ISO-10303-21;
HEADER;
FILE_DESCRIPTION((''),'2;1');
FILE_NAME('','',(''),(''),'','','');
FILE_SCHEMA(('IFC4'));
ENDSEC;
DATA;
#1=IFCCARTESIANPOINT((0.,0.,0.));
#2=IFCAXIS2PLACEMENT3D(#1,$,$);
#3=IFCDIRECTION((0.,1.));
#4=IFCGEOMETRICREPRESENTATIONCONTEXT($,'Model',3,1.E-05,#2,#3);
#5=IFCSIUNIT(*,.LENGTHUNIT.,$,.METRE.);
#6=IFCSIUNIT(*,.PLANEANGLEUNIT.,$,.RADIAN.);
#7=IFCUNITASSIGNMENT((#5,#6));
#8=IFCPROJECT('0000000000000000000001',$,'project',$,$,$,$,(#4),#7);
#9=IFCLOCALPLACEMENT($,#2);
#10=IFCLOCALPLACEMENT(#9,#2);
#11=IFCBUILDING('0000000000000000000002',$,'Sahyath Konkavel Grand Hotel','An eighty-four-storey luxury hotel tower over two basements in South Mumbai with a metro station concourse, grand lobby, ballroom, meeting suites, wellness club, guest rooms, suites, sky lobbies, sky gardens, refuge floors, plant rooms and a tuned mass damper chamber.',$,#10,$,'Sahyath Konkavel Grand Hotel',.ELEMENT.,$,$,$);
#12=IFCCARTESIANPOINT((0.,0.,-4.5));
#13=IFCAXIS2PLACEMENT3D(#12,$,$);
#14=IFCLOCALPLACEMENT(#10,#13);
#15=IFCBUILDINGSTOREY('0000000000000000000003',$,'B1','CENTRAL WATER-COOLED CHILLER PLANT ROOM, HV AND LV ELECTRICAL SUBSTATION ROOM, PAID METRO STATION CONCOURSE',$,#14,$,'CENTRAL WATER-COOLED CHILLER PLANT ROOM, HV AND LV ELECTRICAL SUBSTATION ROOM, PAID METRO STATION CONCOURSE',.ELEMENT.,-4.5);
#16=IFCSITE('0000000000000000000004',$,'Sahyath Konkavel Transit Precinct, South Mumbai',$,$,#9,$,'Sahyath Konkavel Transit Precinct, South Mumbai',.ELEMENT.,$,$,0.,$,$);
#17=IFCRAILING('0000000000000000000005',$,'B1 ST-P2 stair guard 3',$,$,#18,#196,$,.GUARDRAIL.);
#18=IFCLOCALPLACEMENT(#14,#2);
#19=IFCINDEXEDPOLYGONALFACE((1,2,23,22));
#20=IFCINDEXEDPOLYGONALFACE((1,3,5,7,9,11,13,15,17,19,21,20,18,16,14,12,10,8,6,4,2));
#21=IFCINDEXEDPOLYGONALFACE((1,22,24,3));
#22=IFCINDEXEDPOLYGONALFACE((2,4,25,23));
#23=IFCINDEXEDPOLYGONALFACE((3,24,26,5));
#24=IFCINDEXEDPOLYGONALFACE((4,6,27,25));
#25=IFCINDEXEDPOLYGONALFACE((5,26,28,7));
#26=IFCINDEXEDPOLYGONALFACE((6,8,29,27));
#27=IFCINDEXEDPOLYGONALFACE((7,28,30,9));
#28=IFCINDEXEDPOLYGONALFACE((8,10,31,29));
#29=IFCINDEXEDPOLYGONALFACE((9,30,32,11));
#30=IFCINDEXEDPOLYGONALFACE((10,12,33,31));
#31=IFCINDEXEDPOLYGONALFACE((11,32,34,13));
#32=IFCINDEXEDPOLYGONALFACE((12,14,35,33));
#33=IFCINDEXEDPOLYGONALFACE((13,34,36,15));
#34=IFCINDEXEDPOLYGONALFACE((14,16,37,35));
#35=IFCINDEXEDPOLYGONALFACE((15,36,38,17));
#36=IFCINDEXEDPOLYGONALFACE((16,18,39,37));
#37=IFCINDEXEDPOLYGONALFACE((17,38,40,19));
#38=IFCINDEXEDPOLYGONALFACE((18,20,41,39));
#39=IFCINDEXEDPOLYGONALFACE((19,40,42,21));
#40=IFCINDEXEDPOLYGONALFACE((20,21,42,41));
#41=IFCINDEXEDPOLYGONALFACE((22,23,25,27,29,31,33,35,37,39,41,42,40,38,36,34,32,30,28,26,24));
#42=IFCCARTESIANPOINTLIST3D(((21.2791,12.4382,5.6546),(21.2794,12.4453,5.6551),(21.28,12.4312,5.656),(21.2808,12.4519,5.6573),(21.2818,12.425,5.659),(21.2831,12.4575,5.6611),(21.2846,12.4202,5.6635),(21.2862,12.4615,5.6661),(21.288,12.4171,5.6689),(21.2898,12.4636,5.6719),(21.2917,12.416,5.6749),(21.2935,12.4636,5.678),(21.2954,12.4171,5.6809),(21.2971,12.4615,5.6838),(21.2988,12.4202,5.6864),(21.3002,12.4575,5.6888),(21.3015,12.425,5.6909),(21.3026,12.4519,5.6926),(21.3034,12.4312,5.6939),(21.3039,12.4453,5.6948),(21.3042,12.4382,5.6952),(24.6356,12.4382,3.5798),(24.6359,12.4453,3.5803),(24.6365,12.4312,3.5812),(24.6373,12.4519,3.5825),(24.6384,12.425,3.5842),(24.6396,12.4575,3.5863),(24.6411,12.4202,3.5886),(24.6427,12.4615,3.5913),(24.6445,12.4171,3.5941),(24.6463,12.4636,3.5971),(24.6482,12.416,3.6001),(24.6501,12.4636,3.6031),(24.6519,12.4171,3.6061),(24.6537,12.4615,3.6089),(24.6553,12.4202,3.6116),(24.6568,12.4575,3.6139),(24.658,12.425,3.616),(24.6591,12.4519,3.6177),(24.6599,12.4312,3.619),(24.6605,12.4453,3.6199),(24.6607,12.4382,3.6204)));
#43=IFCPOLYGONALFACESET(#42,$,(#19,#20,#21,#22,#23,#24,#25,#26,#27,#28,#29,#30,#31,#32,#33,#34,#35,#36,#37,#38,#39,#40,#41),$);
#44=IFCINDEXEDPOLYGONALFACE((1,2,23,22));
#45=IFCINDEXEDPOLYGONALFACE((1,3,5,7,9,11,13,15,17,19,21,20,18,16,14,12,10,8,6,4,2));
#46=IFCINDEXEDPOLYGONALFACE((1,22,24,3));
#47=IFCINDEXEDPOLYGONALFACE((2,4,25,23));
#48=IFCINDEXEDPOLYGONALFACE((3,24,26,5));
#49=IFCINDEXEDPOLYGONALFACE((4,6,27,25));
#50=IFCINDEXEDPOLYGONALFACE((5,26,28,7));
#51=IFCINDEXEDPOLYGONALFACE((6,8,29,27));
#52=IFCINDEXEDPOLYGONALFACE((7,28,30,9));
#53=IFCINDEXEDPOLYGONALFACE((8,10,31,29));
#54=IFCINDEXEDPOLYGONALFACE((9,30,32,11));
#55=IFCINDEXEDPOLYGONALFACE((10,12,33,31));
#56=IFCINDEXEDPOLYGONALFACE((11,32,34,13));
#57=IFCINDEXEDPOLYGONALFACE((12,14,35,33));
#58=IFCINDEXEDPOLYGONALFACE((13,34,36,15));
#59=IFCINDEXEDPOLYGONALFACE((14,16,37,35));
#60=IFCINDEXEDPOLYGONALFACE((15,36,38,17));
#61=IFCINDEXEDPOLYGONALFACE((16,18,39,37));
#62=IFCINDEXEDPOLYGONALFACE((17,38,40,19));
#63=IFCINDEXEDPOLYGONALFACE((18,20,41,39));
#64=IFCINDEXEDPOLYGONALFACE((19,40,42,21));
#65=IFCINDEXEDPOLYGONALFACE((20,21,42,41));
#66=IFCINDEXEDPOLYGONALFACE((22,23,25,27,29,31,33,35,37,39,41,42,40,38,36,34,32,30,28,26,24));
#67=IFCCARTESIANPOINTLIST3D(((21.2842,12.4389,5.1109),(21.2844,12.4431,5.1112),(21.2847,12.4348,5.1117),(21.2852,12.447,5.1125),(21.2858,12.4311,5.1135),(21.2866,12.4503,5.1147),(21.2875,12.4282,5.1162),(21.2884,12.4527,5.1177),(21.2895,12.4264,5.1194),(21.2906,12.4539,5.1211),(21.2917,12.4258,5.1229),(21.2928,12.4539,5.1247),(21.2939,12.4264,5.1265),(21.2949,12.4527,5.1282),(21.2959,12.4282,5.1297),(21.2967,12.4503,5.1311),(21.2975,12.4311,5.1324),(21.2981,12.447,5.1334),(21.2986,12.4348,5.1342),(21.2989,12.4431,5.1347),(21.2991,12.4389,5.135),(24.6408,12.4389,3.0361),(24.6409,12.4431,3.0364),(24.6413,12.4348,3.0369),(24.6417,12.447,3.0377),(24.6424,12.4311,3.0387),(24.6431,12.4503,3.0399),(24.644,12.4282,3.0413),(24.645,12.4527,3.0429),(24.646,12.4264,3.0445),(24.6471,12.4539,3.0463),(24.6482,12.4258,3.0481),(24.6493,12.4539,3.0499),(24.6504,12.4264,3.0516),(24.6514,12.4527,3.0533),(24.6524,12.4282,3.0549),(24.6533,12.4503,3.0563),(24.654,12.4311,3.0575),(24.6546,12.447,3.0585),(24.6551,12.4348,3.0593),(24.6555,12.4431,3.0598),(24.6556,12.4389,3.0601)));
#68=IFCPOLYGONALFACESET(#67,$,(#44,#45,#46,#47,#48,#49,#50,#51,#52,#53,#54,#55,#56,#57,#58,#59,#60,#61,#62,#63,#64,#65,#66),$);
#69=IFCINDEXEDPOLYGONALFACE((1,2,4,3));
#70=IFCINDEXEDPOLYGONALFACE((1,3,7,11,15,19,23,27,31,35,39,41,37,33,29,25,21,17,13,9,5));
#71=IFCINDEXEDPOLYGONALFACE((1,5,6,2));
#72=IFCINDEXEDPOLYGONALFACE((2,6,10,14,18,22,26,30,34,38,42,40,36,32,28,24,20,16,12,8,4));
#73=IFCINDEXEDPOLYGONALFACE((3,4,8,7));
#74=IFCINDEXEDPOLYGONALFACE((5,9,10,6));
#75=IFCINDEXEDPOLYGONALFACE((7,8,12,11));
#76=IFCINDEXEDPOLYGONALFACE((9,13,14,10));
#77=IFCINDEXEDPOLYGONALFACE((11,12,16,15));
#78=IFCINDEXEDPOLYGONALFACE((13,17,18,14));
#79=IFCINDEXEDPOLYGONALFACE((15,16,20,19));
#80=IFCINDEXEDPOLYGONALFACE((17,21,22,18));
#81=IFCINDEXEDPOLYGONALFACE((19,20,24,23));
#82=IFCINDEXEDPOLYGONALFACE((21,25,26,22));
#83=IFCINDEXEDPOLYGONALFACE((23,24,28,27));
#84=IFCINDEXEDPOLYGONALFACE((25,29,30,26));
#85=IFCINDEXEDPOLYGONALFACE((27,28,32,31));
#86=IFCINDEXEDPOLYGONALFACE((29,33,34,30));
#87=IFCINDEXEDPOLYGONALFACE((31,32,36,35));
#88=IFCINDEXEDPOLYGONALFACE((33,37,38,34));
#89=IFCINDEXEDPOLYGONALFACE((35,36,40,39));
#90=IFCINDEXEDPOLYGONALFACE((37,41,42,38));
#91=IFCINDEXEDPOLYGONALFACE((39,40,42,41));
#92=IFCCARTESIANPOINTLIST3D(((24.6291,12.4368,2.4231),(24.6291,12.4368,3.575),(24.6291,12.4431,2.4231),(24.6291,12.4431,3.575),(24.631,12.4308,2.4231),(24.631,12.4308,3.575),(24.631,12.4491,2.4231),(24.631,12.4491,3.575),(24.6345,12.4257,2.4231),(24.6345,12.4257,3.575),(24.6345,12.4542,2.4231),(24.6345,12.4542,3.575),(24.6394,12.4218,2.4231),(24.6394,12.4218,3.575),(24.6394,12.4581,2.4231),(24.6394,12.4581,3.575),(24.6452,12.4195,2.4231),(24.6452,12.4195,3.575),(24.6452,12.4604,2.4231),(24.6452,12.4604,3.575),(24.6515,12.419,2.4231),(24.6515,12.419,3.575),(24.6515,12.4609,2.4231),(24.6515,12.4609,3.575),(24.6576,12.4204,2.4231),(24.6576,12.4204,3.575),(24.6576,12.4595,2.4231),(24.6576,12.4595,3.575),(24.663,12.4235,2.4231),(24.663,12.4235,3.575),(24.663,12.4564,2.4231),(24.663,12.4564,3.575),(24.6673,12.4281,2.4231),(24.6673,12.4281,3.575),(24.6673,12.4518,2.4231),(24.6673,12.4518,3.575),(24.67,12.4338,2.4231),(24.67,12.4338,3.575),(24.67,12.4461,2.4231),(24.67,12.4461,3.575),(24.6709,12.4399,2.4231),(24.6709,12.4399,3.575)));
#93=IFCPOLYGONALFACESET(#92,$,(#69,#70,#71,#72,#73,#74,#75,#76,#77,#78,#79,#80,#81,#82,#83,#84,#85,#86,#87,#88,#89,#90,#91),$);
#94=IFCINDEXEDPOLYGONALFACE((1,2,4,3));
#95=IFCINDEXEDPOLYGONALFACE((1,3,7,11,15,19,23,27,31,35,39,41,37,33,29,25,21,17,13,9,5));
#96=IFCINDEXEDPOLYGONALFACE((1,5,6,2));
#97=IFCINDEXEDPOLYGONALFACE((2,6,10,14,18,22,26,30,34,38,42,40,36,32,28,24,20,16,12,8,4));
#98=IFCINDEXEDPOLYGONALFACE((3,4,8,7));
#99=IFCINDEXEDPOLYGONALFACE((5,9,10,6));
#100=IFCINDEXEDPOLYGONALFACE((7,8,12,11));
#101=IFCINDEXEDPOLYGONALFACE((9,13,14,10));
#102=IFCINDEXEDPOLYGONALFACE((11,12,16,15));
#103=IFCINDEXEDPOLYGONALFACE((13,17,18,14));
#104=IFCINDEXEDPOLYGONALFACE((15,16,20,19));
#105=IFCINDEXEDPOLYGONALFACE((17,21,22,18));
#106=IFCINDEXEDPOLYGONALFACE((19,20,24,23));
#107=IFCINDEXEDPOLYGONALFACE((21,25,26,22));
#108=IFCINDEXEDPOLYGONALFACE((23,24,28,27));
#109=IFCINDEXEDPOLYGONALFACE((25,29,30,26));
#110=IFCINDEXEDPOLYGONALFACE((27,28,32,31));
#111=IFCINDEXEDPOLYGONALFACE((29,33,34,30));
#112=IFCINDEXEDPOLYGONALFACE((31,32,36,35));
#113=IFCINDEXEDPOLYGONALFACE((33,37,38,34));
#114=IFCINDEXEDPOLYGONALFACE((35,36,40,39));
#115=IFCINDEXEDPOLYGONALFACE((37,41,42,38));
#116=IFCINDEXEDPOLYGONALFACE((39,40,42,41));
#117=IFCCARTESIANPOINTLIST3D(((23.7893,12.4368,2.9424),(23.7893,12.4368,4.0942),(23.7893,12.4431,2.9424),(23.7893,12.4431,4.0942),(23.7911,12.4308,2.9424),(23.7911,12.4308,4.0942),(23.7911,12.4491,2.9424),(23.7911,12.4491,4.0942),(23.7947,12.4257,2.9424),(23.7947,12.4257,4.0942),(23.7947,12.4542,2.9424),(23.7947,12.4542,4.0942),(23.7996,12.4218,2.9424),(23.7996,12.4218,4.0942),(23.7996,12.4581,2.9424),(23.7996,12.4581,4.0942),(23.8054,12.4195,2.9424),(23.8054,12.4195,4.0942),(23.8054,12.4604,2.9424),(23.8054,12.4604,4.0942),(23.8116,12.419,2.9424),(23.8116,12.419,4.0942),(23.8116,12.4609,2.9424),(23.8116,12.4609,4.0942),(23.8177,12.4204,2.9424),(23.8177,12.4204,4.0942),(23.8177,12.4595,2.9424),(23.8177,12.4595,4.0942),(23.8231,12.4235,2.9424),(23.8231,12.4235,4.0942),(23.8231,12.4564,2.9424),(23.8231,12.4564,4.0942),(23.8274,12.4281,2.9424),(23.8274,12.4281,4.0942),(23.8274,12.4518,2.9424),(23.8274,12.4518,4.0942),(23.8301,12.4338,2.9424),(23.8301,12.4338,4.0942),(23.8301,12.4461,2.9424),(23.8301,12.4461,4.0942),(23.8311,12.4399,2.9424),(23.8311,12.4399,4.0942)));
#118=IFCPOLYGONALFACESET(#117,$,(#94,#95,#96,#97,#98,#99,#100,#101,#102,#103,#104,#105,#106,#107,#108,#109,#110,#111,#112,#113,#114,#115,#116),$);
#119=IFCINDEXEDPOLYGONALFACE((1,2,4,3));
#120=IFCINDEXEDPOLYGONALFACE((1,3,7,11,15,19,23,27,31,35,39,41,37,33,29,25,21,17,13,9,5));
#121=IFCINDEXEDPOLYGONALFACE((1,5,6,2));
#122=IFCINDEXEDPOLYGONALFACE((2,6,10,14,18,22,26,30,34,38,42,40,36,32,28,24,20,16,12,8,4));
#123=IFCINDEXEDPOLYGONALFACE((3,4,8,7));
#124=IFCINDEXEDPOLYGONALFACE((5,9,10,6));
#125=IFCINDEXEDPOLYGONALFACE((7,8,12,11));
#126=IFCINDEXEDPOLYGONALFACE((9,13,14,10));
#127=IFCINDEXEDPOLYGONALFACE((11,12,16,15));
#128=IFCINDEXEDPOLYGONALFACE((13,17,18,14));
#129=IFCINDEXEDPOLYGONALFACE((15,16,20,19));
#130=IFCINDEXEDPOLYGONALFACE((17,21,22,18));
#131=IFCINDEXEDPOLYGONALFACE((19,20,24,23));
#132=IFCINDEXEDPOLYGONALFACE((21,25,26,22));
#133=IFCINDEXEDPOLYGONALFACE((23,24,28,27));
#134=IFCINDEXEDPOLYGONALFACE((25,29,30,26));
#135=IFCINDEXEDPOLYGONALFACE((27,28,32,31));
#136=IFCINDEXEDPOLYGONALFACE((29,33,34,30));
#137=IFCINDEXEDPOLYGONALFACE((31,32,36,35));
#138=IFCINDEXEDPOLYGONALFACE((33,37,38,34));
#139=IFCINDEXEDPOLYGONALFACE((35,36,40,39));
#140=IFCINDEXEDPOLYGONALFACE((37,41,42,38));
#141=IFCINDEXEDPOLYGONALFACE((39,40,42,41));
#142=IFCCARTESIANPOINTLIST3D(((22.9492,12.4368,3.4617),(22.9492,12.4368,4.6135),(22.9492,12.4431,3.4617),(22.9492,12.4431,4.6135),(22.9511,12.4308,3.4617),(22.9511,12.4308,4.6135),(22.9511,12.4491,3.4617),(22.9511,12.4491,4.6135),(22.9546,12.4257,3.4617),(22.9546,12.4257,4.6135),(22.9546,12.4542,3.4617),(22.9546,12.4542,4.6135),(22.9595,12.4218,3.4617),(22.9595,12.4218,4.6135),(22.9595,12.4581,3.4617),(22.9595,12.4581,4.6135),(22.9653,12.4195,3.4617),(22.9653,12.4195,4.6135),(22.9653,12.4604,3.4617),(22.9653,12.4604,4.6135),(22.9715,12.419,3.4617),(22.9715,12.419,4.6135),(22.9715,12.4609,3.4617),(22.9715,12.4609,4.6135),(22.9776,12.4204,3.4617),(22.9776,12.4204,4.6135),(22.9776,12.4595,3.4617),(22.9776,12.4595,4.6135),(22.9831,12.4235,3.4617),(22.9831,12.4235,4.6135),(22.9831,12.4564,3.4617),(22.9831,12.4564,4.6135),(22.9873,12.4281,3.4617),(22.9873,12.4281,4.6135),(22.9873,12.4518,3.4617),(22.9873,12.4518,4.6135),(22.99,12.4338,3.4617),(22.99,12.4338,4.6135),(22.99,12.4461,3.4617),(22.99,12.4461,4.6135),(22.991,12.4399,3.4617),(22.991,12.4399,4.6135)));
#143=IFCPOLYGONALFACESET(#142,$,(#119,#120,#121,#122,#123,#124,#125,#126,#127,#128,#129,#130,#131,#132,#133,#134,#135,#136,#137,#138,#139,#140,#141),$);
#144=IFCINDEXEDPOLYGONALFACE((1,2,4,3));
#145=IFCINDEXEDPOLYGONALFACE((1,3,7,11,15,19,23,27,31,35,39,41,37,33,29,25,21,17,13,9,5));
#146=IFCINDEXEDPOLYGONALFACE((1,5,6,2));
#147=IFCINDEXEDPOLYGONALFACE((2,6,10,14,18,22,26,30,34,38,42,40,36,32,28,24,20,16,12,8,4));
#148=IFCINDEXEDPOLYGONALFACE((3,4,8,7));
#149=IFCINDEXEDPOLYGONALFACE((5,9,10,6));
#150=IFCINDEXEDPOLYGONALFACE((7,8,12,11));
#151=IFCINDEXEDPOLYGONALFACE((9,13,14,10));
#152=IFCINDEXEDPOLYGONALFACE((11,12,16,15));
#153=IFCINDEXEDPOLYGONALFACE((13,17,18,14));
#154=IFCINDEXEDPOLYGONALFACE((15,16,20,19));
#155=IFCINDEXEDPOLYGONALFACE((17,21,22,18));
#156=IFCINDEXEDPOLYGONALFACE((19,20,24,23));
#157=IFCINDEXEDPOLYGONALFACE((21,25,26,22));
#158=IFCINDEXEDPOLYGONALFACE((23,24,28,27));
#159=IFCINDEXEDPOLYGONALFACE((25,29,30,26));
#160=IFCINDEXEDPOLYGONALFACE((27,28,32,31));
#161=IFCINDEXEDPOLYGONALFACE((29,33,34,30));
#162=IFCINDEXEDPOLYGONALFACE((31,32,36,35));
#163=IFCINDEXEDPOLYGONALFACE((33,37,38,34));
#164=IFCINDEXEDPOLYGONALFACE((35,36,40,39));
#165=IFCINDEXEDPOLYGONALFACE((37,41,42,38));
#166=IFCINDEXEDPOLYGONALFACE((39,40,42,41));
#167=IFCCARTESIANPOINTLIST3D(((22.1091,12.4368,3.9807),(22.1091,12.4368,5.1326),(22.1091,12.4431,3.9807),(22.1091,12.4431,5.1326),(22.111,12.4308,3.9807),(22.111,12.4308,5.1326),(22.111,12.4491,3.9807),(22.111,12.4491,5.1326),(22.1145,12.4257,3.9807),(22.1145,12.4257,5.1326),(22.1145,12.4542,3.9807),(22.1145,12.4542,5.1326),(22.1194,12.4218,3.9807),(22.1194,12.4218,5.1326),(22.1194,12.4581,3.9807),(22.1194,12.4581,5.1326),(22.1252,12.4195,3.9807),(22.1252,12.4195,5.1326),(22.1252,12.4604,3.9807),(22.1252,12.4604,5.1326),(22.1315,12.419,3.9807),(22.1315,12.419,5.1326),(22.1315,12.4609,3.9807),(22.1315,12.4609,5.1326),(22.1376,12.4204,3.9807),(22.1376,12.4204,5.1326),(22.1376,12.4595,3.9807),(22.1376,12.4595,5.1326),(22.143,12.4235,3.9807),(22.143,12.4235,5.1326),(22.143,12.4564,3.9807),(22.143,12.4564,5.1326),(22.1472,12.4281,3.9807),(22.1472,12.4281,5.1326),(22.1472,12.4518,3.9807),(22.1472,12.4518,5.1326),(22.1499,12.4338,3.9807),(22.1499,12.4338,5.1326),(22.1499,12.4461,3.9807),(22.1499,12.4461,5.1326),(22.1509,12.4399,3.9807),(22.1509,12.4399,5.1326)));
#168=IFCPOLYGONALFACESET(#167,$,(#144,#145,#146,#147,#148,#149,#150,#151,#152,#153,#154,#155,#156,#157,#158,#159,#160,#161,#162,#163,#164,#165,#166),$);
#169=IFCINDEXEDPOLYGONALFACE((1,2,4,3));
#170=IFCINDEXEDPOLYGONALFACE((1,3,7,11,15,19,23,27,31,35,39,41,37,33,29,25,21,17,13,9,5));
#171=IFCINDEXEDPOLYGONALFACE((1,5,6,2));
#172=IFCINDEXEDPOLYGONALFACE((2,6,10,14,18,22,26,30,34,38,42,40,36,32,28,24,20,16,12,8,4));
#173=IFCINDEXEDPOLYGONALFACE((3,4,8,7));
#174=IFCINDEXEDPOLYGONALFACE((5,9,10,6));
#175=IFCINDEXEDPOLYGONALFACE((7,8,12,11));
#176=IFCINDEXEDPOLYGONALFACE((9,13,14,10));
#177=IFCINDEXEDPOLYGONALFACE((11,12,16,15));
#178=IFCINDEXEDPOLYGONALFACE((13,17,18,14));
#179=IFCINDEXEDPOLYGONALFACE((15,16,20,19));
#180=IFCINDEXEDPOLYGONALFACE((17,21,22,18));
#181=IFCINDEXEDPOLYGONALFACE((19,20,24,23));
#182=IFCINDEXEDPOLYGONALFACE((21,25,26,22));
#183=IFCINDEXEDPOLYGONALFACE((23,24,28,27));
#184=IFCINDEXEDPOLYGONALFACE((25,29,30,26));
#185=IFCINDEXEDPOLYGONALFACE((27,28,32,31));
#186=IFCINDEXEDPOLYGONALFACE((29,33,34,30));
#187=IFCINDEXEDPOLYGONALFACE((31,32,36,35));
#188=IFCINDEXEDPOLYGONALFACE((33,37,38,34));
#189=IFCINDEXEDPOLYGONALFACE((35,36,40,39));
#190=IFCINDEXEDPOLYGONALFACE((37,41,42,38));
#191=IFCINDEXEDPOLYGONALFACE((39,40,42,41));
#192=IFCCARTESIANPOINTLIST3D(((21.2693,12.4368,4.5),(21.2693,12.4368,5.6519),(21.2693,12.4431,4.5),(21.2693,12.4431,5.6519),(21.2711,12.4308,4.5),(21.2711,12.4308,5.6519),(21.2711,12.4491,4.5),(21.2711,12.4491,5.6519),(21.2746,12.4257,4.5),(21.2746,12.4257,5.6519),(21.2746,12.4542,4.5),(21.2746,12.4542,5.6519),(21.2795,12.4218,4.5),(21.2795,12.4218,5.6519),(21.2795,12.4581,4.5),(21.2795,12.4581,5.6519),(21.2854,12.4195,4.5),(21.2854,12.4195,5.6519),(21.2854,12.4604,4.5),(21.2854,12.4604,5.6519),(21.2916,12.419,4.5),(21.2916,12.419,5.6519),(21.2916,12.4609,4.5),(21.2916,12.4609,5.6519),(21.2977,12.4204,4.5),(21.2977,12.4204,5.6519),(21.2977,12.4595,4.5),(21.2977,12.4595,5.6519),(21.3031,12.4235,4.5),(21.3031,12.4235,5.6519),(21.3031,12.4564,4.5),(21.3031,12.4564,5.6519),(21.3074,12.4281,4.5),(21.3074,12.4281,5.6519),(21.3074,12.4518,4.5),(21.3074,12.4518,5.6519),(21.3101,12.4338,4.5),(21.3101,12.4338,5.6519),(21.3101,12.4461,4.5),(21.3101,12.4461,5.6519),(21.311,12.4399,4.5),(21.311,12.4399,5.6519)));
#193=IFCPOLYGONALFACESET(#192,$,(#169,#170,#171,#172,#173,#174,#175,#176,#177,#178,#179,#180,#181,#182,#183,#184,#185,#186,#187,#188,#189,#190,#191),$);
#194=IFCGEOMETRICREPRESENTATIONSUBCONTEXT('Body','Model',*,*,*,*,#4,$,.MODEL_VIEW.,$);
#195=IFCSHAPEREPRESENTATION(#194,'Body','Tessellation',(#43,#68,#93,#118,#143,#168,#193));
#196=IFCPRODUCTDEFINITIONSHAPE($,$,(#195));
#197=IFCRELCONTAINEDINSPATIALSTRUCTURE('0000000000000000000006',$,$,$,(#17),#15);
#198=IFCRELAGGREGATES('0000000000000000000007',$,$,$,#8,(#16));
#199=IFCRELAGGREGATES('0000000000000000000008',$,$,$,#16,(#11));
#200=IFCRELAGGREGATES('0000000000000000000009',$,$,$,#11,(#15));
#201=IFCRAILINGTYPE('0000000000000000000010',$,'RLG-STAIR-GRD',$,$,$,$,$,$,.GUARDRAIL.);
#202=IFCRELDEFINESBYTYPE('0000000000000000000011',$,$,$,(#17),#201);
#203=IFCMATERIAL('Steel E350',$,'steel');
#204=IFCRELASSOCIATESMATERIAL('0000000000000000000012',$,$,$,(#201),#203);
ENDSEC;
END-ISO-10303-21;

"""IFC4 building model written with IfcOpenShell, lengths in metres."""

from ifc_helpers import new_model, si_unit, direction, frame, origin, origin_2d, place, context, subcontext, project, spatial, circle, extrude, material, type_object, element, save


model = new_model("IFC4")

# Units and contexts
model_context = context("Model", 3, precision=1e-05, world=origin(), true_north=direction((0.0, 1.0)))
body_context = subcontext(model_context, "Body", "Model", "MODEL_VIEW")
ifc_project = project(units=[si_unit("LENGTHUNIT", "METRE"), si_unit("PLANEANGLEUNIT", "RADIAN")], contexts=[model_context])

# Site, building, storey
site_placement = place(None, origin())
site = spatial("IfcSite", under=ifc_project, at=site_placement, Name="Sahyath Konkavel Transit Precinct, South Mumbai", LongName="Sahyath Konkavel Transit Precinct, South Mumbai", CompositionType="ELEMENT", RefElevation=0.0)
building_placement = place(site_placement, origin())
building = spatial("IfcBuilding", under=site, at=building_placement, Name="Sahyath Konkavel Grand Hotel", Description="An eighty-four-storey luxury hotel tower over two basements in South Mumbai with a metro station concourse, grand lobby, ballroom, meeting suites, wellness club, guest rooms, suites, sky lobbies, sky gardens, refuge floors, plant rooms and a tuned mass damper chamber.", LongName="Sahyath Konkavel Grand Hotel", CompositionType="ELEMENT")
storey_placement = place(building_placement, frame((0.0, 0.0, -4.5)))
storey = spatial("IfcBuildingStorey", under=building, at=storey_placement, Name="B1", Description="CENTRAL WATER-COOLED CHILLER PLANT ROOM, HV AND LV ELECTRICAL SUBSTATION ROOM, PAID METRO STATION CONCOURSE", LongName="CENTRAL WATER-COOLED CHILLER PLANT ROOM, HV AND LV ELECTRICAL SUBSTATION ROOM, PAID METRO STATION CONCOURSE", CompositionType="ELEMENT", Elevation=-4.5)

# Shared definitions
ifc_material_1 = material(Name="Steel E350", Category="steel")

# Railing
railing_type_1 = type_object("IfcRailingType", Name="RLG-STAIR-GRD", PredefinedType="GUARDRAIL", material=ifc_material_1)
railing_1_placement = place(storey_placement, frame((24.6499, 12.4399, 2.4231)))
element("IfcRailing", 1, at=railing_1_placement, inside=storey, type_object=railing_type_1, Name="B1 ST-P2 stair guard 3", PredefinedType="GUARDRAIL", context=body_context, shape_type="SweptSolid", body=[
    extrude(circle(Radius=0.0239, at=origin_2d()), frame((-0.0017, 0.0, 1.177), z_axis=(-0.850606, 0.0, 0.525803), x_axis=(0.0, -1.0, 0.0)), (0.0, 0.0, 1.0), 3.946),
    extrude(circle(Radius=0.0142, at=origin_2d()), frame((-0.0017, 0.0, 0.625), z_axis=(-0.850606, 0.0, 0.525803), x_axis=(0.0, -1.0, 0.0)), (0.0, 0.0, 1.0), 3.946),
    extrude(circle(Radius=0.021, at=origin_2d()), origin(), (0.0, 0.0, 1.0), 1.1519),
    extrude(circle(Radius=0.021, at=origin_2d()), frame((-0.8398, 0.0, 0.5193)), (0.0, 0.0, 1.0), 1.1519),
    extrude(circle(Radius=0.021, at=origin_2d()), frame((-1.6799, 0.0, 1.0386)), (0.0, 0.0, 1.0), 1.1519),
    extrude(circle(Radius=0.021, at=origin_2d()), frame((-2.52, 0.0, 1.5576)), (0.0, 0.0, 1.0), 1.1519),
    extrude(circle(Radius=0.021, at=origin_2d()), frame((-3.3599, 0.0, 2.0769)), (0.0, 0.0, 1.0), 1.1519),
])

save(model, "model.ifc")
